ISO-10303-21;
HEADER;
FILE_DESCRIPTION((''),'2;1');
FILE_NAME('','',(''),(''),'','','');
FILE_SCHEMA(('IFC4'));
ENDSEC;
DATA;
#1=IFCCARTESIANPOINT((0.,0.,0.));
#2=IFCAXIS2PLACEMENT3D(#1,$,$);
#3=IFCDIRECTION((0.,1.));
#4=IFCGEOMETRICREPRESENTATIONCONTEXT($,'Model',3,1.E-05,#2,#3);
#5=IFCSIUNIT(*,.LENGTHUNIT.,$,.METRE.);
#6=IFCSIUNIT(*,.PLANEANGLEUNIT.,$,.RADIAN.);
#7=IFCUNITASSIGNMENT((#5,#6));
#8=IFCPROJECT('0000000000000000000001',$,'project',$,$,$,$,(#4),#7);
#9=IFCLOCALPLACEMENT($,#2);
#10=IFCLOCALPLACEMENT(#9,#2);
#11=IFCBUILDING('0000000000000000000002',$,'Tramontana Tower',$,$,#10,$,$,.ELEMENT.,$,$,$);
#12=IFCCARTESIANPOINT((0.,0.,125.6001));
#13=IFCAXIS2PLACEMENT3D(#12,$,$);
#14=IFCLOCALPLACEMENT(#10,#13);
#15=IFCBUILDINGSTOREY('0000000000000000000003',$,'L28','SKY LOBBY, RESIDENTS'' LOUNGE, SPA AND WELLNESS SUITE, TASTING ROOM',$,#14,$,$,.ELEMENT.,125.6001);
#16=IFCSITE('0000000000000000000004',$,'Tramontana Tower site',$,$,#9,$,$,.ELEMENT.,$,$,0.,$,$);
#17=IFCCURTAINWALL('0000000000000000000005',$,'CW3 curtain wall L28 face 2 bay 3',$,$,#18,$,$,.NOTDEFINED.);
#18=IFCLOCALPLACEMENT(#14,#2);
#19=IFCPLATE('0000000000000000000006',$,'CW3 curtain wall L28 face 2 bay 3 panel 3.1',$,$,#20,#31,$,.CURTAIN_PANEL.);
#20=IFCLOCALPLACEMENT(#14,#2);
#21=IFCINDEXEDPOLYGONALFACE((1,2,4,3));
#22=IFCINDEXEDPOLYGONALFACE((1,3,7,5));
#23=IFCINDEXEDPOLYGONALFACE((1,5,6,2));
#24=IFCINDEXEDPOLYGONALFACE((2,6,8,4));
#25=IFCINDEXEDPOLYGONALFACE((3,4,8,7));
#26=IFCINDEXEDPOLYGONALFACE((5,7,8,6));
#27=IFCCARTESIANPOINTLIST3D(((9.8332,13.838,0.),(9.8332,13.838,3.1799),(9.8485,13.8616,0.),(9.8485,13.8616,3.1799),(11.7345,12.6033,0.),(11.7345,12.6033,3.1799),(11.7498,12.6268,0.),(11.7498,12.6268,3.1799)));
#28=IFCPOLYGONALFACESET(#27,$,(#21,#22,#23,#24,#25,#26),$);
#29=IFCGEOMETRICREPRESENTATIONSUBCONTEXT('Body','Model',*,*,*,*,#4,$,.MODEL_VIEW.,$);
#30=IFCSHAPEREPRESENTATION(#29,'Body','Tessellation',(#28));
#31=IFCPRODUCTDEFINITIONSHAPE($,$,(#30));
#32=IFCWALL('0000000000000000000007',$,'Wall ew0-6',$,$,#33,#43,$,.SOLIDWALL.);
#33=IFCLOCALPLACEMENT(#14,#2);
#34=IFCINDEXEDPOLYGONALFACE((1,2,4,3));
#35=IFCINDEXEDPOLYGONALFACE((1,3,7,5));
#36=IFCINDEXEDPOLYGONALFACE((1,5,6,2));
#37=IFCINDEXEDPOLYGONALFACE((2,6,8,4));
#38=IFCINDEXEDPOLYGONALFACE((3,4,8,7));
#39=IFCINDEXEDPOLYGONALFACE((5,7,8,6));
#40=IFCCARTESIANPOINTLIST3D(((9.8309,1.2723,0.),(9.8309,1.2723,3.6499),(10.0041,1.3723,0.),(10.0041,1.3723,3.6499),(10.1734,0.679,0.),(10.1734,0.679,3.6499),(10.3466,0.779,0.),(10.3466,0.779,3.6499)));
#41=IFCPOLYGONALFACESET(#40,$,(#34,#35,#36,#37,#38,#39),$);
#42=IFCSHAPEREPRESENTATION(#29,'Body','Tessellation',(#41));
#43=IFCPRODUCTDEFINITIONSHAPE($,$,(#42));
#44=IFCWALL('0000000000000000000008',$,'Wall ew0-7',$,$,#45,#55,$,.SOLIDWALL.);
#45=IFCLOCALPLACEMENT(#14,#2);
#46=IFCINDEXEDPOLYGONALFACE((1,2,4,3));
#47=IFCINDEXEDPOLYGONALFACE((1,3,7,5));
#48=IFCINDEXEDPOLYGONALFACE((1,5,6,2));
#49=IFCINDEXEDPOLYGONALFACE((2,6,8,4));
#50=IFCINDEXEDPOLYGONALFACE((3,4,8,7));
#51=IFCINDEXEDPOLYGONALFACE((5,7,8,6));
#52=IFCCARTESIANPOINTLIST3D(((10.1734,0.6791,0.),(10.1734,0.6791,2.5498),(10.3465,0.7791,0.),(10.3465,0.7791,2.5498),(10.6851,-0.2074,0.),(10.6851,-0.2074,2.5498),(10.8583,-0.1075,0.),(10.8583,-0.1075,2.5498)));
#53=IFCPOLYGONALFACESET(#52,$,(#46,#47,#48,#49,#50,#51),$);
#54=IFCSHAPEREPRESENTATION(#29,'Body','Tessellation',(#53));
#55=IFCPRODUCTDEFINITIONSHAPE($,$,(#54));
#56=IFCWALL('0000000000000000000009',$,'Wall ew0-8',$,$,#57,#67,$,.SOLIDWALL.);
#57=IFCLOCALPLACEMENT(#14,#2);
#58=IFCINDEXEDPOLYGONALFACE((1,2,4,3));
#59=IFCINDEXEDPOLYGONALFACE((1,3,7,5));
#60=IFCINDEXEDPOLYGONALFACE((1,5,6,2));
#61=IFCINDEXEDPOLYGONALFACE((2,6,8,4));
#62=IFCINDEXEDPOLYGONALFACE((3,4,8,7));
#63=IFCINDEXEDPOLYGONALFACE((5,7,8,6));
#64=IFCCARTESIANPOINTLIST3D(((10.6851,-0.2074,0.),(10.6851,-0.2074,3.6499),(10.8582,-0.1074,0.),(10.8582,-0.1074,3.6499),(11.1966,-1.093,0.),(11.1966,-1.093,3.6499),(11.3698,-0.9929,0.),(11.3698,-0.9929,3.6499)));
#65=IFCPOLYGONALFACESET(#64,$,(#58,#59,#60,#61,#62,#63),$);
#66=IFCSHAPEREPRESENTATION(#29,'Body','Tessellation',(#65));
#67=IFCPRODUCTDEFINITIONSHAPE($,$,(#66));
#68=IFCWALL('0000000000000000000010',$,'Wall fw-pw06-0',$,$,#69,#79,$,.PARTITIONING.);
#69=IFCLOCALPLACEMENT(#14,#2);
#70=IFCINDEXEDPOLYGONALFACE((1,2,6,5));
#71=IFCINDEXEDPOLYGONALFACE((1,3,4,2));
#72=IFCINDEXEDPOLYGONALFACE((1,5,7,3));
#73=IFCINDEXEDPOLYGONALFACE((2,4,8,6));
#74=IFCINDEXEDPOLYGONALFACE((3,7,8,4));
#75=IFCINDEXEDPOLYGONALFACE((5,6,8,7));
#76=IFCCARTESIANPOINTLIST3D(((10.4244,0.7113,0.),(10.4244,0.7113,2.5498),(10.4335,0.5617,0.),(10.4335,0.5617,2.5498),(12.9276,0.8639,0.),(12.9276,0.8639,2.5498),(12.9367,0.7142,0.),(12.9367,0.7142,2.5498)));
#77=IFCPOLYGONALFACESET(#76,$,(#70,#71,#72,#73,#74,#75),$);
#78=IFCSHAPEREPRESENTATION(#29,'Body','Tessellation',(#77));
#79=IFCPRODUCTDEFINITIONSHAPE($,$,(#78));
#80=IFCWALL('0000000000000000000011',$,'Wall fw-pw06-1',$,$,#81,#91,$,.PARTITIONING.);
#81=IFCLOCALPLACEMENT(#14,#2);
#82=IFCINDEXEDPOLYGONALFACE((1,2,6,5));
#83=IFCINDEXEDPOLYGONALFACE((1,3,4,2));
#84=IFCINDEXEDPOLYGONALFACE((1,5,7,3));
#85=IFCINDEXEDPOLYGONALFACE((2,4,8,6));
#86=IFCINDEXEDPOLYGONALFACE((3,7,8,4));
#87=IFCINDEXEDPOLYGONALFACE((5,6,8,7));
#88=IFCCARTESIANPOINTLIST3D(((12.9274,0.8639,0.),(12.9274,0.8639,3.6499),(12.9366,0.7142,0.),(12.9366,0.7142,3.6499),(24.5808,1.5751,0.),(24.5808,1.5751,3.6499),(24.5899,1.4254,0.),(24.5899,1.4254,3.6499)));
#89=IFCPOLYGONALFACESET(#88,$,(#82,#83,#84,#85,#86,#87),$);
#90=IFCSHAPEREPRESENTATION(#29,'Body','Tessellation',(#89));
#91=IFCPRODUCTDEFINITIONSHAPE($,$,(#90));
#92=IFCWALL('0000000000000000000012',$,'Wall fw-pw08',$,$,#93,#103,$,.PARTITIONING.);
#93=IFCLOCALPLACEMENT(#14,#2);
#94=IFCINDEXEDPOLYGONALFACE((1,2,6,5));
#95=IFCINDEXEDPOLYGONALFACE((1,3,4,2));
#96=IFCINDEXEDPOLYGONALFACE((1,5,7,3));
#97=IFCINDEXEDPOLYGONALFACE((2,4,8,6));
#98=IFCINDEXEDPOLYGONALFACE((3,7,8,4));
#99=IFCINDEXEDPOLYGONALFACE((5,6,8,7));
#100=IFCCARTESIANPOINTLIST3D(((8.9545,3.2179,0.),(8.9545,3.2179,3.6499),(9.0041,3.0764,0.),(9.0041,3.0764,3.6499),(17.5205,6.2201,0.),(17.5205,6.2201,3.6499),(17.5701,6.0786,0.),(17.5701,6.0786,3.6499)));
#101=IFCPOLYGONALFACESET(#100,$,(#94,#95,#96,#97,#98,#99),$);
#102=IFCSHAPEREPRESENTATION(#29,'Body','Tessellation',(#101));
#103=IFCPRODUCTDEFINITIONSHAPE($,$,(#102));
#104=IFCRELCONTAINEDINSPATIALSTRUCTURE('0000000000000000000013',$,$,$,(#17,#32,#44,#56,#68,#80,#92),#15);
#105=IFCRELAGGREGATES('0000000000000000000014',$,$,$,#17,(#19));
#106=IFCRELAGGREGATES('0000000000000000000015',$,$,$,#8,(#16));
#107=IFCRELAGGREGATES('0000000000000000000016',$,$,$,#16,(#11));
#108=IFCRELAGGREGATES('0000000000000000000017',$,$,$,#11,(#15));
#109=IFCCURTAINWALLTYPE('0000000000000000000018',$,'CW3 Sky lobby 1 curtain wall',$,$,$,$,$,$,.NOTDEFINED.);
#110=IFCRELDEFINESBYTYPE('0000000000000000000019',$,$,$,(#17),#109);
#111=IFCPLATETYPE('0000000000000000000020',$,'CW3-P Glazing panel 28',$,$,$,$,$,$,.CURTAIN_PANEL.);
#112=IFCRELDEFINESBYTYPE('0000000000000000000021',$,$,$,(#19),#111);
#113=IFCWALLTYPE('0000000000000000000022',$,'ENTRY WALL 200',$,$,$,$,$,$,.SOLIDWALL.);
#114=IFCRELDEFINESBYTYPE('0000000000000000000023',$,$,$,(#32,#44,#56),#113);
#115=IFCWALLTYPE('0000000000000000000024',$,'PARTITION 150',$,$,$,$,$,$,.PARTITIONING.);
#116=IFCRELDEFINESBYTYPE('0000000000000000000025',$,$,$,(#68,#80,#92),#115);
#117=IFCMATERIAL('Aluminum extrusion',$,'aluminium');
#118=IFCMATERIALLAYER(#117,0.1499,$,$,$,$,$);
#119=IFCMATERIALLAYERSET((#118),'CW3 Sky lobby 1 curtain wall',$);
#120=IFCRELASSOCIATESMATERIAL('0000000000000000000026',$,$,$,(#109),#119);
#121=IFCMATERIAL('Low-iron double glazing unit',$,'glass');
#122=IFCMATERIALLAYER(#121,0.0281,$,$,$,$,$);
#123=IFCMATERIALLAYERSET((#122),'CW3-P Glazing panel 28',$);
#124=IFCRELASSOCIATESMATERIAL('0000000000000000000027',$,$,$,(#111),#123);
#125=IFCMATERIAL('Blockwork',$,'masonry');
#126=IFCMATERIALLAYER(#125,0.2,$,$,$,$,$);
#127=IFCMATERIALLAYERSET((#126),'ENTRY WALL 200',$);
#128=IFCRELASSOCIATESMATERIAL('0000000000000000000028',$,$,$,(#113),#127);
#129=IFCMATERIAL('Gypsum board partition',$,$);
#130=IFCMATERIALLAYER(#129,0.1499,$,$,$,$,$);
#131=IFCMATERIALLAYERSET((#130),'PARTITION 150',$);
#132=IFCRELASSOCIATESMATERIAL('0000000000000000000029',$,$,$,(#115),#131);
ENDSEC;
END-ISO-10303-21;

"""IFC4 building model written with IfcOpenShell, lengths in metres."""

from ifc_helpers import new_model, si_unit, direction, frame, frame_2d, origin, origin_2d, place, context, subcontext, project, spatial, rectangle, extrude, material, layer, layer_set, type_object, element, aggregate, save


model = new_model("IFC4")

# Units and contexts
model_context = context("Model", 3, precision=1e-05, world=origin(), true_north=direction((0.0, 1.0)))
body_context = subcontext(model_context, "Body", "Model", "MODEL_VIEW")
ifc_project = project(units=[si_unit("LENGTHUNIT", "METRE"), si_unit("PLANEANGLEUNIT", "RADIAN")], contexts=[model_context])

# Site, building, storey
site_placement = place(None, origin())
site = spatial("IfcSite", under=ifc_project, at=site_placement, Name="Tramontana Tower site", CompositionType="ELEMENT", RefElevation=0.0)
building_placement = place(site_placement, origin())
building = spatial("IfcBuilding", under=site, at=building_placement, Name="Tramontana Tower", CompositionType="ELEMENT")
storey_placement = place(building_placement, frame((0.0, 0.0, 125.6001)))
storey = spatial("IfcBuildingStorey", under=building, at=storey_placement, Name="L28", Description="SKY LOBBY, RESIDENTS' LOUNGE, SPA AND WELLNESS SUITE, TASTING ROOM", CompositionType="ELEMENT", Elevation=125.6001)

# Shared definitions
ifc_material_1 = material(Name="Aluminum extrusion", Category="aluminium")
ifc_layer_1 = layer(ifc_material_1, 0.1499)
ifc_layer_set_1 = layer_set([ifc_layer_1], Name="CW3 Sky lobby 1 curtain wall")
curtain_wall_type = type_object("IfcCurtainWallType", Name="CW3 Sky lobby 1 curtain wall", PredefinedType="NOTDEFINED", material=ifc_layer_set_1)

# Curtain wall
curtain_wall_1_placement = place(storey_placement, origin())
curtain_wall_1 = element("IfcCurtainWall", 1, at=curtain_wall_1_placement, inside=storey, type_object=curtain_wall_type, Name="CW3 curtain wall L28 face 2 bay 3", PredefinedType="NOTDEFINED")

# Plate
ifc_material_2 = material(Name="Low-iron double glazing unit", Category="glass")
ifc_layer_2 = layer(ifc_material_2, 0.0281)
ifc_layer_set_2 = layer_set([ifc_layer_2], Name="CW3-P Glazing panel 28")
plate_type = type_object("IfcPlateType", Name="CW3-P Glazing panel 28", PredefinedType="CURTAIN_PANEL", material=ifc_layer_set_2)
plate_1_placement = place(storey_placement, frame((10.7915, 13.2324, 0.0), z_axis=(0.0, 0.0, 1.0), x_axis=(-0.838671, 0.544639, 0.0)))
plate_1 = element("IfcPlate", 2, at=plate_1_placement, type_object=plate_type, Name="CW3 curtain wall L28 face 2 bay 3 panel 3.1", PredefinedType="CURTAIN_PANEL", context=body_context, shape_type="SweptSolid", body=[
    extrude(rectangle(XDim=2.2671, YDim=0.0281, at=origin_2d()), origin(), (0.0, 0.0, 1.0), 3.1799),
])
aggregate(curtain_wall_1, [plate_1])

# Shared definitions
ifc_material_3 = material(Name="Blockwork", Category="masonry")
ifc_layer_3 = layer(ifc_material_3, 0.2)
ifc_layer_set_3 = layer_set([ifc_layer_3], Name="ENTRY WALL 200")
wall_type_1 = type_object("IfcWallType", Name="ENTRY WALL 200", PredefinedType="SOLIDWALL", material=ifc_layer_set_3)

# Walls
wall_1_placement = place(storey_placement, frame((9.9175, 1.3223, 0.0), z_axis=(0.0, 0.0, 1.0), x_axis=(0.50001, -0.866019, 0.0)))
element("IfcWall", 3, at=wall_1_placement, inside=storey, type_object=wall_type_1, Name="Wall ew0-6", PredefinedType="SOLIDWALL", context=body_context, shape_type="SweptSolid", body=[
    extrude(rectangle(XDim=0.6851, YDim=0.2, at=frame_2d((0.3425, 0.0))), origin(), (0.0, 0.0, 1.0), 3.6499),
])
wall_2_placement = place(storey_placement, frame((10.26, 0.729, 0.0), z_axis=(0.0, 0.0, 1.0), x_axis=(0.499936, -0.866062, 0.0)))
element("IfcWall", 4, at=wall_2_placement, inside=storey, type_object=wall_type_1, Name="Wall ew0-7", PredefinedType="SOLIDWALL", context=body_context, shape_type="SweptSolid", body=[
    extrude(rectangle(XDim=1.0237, YDim=0.2, at=frame_2d((0.5117, 0.0))), origin(), (0.0, 0.0, 1.0), 2.5498),
])
wall_3_placement = place(storey_placement, frame((10.7717, -0.1575, 0.0), z_axis=(0.0, 0.0, 1.0), x_axis=(0.50017, -0.865927, 0.0)))
element("IfcWall", 5, at=wall_3_placement, inside=storey, type_object=wall_type_1, Name="Wall ew0-8", PredefinedType="SOLIDWALL", context=body_context, shape_type="SweptSolid", body=[
    extrude(rectangle(XDim=1.0227, YDim=0.2, at=frame_2d((0.5112, 0.0))), origin(), (0.0, 0.0, 1.0), 3.6499),
])
ifc_material_4 = material(Name="Gypsum board partition")
ifc_layer_4 = layer(ifc_material_4, 0.1499)
ifc_layer_set_4 = layer_set([ifc_layer_4], Name="PARTITION 150")
wall_type_2 = type_object("IfcWallType", Name="PARTITION 150", PredefinedType="PARTITIONING", material=ifc_layer_set_4)
wall_4_placement = place(storey_placement, frame((10.429, 0.6365, 0.0), z_axis=(0.0, 0.0, 1.0), x_axis=(0.998147, 0.060845, 0.0)))
element("IfcWall", 6, at=wall_4_placement, inside=storey, type_object=wall_type_2, Name="Wall fw-pw06-0", PredefinedType="PARTITIONING", context=body_context, shape_type="SweptSolid", body=[
    extrude(rectangle(XDim=2.5078, YDim=0.1499, at=frame_2d((1.2539, 0.0))), origin(), (0.0, 0.0, 1.0), 2.5498),
])
wall_5_placement = place(storey_placement, frame((12.9321, 0.7891, 0.0), z_axis=(0.0, 0.0, 1.0), x_axis=(0.998143, 0.060915, 0.0)))
element("IfcWall", 7, at=wall_5_placement, inside=storey, type_object=wall_type_2, Name="Wall fw-pw06-1", PredefinedType="PARTITIONING", context=body_context, shape_type="SweptSolid", body=[
    extrude(rectangle(XDim=11.675, YDim=0.1499, at=frame_2d((5.8374, 0.0))), origin(), (0.0, 0.0, 1.0), 3.6499),
])
wall_6_placement = place(storey_placement, frame((17.5454, 6.1494, 0.0), z_axis=(0.0, 0.0, 1.0), x_axis=(-0.943717, -0.330755, 0.0)))
element("IfcWall", 8, at=wall_6_placement, inside=storey, type_object=wall_type_2, Name="Wall fw-pw08", PredefinedType="PARTITIONING", context=body_context, shape_type="SweptSolid", body=[
    extrude(rectangle(XDim=9.0769, YDim=0.1499, at=frame_2d((4.5386, 0.0))), origin(), (0.0, 0.0, 1.0), 3.6499),
])

save(model, "model.ifc")
